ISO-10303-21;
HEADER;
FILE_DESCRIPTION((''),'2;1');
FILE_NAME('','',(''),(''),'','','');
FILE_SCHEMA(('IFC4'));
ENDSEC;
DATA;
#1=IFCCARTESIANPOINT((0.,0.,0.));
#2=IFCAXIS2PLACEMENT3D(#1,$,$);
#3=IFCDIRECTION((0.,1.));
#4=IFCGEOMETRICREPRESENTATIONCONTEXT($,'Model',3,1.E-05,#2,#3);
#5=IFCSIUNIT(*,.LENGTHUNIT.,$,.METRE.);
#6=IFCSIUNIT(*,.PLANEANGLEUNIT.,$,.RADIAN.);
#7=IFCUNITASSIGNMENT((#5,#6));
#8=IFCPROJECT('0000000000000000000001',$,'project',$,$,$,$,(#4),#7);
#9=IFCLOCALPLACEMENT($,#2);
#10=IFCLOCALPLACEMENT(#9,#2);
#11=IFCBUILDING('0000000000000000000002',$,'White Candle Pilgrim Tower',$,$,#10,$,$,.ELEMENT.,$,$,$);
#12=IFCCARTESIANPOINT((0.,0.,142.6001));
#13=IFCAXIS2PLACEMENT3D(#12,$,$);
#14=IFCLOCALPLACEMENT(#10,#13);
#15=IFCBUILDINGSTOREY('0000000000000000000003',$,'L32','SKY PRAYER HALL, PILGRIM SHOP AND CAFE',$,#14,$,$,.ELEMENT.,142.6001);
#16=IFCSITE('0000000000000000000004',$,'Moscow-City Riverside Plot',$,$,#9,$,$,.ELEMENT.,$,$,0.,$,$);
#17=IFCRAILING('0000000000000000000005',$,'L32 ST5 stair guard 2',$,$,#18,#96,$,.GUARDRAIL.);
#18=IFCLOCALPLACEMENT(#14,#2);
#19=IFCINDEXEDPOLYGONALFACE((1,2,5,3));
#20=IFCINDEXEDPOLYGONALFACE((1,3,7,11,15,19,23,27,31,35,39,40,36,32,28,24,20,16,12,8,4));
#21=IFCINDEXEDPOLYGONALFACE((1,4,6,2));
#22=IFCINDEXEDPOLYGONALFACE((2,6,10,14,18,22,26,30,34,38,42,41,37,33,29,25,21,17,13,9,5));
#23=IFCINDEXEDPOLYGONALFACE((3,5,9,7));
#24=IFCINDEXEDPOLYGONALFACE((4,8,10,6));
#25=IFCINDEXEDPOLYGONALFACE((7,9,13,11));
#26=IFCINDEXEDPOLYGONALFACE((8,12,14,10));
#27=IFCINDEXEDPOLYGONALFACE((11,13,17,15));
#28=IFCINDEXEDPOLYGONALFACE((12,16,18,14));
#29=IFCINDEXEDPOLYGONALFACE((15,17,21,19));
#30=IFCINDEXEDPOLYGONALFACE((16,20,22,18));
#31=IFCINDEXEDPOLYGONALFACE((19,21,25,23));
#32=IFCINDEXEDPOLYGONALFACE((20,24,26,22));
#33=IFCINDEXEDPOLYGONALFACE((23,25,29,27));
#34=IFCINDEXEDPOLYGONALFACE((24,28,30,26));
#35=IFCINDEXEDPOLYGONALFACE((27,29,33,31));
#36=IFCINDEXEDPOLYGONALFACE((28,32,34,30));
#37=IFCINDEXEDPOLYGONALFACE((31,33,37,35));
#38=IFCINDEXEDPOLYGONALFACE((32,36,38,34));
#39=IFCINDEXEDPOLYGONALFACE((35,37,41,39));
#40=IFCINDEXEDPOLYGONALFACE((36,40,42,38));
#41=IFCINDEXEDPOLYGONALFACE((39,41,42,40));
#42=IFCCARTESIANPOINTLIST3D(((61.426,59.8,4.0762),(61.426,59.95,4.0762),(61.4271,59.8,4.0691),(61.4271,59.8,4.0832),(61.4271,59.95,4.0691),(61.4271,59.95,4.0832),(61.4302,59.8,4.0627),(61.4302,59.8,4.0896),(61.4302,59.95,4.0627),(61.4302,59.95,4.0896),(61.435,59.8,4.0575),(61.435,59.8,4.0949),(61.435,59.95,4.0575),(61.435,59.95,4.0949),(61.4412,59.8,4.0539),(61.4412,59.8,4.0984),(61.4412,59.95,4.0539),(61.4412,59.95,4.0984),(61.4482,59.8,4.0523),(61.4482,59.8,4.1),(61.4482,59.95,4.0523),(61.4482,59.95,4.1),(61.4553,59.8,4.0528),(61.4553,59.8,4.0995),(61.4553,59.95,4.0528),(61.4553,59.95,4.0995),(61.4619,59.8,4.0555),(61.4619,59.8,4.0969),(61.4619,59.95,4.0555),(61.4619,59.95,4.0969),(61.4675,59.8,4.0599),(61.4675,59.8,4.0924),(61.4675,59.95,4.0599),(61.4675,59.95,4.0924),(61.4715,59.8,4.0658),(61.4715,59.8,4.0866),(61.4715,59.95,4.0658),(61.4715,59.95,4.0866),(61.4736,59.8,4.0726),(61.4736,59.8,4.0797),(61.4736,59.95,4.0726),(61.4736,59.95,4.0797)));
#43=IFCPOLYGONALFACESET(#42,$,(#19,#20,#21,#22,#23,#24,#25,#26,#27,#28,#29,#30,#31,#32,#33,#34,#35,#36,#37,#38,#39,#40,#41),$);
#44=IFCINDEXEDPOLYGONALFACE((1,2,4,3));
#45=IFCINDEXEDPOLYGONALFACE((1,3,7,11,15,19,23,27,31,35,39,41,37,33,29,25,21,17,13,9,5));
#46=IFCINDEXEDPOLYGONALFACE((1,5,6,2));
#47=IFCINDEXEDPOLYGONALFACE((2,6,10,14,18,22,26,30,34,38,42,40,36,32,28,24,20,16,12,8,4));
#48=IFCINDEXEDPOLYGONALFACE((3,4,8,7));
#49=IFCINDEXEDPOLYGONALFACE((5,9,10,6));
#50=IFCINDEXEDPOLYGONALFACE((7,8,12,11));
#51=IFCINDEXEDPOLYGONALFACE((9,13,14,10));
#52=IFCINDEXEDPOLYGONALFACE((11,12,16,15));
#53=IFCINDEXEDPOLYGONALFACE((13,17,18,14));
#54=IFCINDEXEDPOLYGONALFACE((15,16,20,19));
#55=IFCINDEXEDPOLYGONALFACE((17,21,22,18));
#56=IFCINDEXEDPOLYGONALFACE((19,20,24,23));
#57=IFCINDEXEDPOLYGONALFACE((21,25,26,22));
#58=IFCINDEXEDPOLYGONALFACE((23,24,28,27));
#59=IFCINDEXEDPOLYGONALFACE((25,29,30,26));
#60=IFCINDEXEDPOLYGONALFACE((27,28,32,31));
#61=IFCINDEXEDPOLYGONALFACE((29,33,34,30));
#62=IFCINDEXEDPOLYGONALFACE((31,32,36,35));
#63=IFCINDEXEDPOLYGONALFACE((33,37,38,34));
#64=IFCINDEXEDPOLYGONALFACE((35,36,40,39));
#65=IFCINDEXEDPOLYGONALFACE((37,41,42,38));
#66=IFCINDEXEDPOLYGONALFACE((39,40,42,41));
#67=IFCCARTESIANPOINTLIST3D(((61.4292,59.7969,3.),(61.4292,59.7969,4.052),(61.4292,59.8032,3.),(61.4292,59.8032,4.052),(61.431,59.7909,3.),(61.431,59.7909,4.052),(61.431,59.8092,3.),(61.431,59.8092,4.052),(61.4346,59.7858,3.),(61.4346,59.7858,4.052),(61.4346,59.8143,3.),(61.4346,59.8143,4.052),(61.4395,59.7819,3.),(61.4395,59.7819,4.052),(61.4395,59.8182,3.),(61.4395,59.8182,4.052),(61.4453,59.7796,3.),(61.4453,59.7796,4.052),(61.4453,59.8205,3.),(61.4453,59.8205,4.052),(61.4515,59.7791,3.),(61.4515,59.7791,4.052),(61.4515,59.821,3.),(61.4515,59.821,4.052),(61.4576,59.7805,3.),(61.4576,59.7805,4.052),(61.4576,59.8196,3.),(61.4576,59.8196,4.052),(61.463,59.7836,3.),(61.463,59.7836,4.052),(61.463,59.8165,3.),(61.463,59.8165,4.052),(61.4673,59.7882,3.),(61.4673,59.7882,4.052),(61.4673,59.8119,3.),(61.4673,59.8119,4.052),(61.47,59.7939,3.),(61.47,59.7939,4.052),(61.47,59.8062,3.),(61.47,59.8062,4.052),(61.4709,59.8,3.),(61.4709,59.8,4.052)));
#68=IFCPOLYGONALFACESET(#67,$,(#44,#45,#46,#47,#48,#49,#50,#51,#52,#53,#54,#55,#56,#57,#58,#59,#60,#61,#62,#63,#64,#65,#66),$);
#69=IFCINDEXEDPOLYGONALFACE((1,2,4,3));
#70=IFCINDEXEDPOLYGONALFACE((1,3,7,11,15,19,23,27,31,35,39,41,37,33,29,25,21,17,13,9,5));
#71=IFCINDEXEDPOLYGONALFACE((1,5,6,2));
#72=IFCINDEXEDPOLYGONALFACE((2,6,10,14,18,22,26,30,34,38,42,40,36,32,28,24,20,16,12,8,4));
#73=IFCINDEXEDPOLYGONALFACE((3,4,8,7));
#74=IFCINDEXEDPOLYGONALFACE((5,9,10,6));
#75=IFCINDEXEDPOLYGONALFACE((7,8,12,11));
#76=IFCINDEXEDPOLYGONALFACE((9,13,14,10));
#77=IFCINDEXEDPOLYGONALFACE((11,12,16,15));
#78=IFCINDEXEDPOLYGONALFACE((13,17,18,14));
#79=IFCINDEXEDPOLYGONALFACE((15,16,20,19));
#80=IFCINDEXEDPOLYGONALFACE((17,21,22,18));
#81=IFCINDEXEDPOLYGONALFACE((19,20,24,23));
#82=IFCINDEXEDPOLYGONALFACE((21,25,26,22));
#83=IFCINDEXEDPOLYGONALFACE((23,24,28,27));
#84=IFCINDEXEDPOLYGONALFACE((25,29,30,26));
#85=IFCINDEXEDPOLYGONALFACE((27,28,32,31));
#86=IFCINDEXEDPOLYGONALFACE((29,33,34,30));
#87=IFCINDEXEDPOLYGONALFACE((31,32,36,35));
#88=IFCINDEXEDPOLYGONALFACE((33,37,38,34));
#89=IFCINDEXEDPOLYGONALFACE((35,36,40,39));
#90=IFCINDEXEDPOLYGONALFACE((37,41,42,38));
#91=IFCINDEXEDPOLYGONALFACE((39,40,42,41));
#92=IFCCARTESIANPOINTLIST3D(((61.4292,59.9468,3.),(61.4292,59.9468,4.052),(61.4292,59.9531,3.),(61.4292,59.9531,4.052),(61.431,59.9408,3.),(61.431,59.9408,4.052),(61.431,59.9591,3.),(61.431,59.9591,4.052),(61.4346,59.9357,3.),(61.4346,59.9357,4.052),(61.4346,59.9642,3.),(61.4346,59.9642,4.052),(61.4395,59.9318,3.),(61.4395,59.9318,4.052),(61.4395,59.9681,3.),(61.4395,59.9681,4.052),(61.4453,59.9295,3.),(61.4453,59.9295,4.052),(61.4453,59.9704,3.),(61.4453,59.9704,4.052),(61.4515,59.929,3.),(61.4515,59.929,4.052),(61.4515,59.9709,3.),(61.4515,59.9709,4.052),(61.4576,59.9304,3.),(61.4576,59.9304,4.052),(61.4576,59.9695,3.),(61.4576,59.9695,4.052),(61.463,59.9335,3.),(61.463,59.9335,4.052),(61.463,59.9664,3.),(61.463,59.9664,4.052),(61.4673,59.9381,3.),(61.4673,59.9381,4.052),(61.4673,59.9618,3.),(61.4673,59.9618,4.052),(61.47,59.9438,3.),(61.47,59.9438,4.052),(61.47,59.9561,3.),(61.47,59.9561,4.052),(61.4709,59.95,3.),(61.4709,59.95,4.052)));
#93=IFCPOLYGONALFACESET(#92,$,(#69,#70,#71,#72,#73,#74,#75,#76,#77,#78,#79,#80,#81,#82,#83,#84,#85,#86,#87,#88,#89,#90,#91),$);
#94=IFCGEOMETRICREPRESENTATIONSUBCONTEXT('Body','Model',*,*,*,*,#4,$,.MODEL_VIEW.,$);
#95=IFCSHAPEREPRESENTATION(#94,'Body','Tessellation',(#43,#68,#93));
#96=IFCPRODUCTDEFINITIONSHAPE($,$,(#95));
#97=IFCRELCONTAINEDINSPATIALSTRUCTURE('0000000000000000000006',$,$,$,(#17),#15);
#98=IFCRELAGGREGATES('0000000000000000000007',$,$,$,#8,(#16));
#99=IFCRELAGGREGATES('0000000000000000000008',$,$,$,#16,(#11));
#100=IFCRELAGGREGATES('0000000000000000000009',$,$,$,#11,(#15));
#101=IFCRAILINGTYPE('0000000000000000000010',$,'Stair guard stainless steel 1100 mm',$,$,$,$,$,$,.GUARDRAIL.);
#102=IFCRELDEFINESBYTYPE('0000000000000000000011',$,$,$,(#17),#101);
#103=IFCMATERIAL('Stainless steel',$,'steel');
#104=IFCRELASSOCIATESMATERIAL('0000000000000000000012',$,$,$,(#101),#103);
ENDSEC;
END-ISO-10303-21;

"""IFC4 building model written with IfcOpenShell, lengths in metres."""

from ifc_helpers import new_model, si_unit, direction, frame, origin, origin_2d, place, context, subcontext, project, spatial, circle, extrude, material, type_object, element, save


model = new_model("IFC4")

# Units and contexts
model_context = context("Model", 3, precision=1e-05, world=origin(), true_north=direction((0.0, 1.0)))
body_context = subcontext(model_context, "Body", "Model", "MODEL_VIEW")
ifc_project = project(units=[si_unit("LENGTHUNIT", "METRE"), si_unit("PLANEANGLEUNIT", "RADIAN")], contexts=[model_context])

# Site, building, storey
site_placement = place(None, origin())
site = spatial("IfcSite", under=ifc_project, at=site_placement, Name="Moscow-City Riverside Plot", CompositionType="ELEMENT", RefElevation=0.0)
building_placement = place(site_placement, origin())
building = spatial("IfcBuilding", under=site, at=building_placement, Name="White Candle Pilgrim Tower", CompositionType="ELEMENT")
storey_placement = place(building_placement, frame((0.0, 0.0, 142.6001)))
storey = spatial("IfcBuildingStorey", under=building, at=storey_placement, Name="L32", Description="SKY PRAYER HALL, PILGRIM SHOP AND CAFE", CompositionType="ELEMENT", Elevation=142.6001)

# Railing
ifc_material_1 = material(Name="Stainless steel", Category="steel")
railing_type_1 = type_object("IfcRailingType", Name="Stair guard stainless steel 1100 mm", PredefinedType="GUARDRAIL", material=ifc_material_1)
railing_1_placement = place(storey_placement, frame((61.45, 59.8, 3.0)))
element("IfcRailing", 1, at=railing_1_placement, inside=storey, type_object=railing_type_1, Name="L32 ST5 stair guard 2", PredefinedType="GUARDRAIL", context=body_context, shape_type="SweptSolid", body=[
    extrude(circle(Radius=0.0239, at=origin_2d()), frame((0.0, 0.0, 1.0762), z_axis=(0.0, 1.0, 0.0), x_axis=(-1.0, 0.0, 0.0)), (0.0, 0.0, 1.0), 0.1499),
    extrude(circle(Radius=0.021, at=origin_2d()), origin(), (0.0, 0.0, 1.0), 1.052),
    extrude(circle(Radius=0.021, at=origin_2d()), frame((0.0, 0.1499, 0.0)), (0.0, 0.0, 1.0), 1.052),
])

save(model, "model.ifc")
